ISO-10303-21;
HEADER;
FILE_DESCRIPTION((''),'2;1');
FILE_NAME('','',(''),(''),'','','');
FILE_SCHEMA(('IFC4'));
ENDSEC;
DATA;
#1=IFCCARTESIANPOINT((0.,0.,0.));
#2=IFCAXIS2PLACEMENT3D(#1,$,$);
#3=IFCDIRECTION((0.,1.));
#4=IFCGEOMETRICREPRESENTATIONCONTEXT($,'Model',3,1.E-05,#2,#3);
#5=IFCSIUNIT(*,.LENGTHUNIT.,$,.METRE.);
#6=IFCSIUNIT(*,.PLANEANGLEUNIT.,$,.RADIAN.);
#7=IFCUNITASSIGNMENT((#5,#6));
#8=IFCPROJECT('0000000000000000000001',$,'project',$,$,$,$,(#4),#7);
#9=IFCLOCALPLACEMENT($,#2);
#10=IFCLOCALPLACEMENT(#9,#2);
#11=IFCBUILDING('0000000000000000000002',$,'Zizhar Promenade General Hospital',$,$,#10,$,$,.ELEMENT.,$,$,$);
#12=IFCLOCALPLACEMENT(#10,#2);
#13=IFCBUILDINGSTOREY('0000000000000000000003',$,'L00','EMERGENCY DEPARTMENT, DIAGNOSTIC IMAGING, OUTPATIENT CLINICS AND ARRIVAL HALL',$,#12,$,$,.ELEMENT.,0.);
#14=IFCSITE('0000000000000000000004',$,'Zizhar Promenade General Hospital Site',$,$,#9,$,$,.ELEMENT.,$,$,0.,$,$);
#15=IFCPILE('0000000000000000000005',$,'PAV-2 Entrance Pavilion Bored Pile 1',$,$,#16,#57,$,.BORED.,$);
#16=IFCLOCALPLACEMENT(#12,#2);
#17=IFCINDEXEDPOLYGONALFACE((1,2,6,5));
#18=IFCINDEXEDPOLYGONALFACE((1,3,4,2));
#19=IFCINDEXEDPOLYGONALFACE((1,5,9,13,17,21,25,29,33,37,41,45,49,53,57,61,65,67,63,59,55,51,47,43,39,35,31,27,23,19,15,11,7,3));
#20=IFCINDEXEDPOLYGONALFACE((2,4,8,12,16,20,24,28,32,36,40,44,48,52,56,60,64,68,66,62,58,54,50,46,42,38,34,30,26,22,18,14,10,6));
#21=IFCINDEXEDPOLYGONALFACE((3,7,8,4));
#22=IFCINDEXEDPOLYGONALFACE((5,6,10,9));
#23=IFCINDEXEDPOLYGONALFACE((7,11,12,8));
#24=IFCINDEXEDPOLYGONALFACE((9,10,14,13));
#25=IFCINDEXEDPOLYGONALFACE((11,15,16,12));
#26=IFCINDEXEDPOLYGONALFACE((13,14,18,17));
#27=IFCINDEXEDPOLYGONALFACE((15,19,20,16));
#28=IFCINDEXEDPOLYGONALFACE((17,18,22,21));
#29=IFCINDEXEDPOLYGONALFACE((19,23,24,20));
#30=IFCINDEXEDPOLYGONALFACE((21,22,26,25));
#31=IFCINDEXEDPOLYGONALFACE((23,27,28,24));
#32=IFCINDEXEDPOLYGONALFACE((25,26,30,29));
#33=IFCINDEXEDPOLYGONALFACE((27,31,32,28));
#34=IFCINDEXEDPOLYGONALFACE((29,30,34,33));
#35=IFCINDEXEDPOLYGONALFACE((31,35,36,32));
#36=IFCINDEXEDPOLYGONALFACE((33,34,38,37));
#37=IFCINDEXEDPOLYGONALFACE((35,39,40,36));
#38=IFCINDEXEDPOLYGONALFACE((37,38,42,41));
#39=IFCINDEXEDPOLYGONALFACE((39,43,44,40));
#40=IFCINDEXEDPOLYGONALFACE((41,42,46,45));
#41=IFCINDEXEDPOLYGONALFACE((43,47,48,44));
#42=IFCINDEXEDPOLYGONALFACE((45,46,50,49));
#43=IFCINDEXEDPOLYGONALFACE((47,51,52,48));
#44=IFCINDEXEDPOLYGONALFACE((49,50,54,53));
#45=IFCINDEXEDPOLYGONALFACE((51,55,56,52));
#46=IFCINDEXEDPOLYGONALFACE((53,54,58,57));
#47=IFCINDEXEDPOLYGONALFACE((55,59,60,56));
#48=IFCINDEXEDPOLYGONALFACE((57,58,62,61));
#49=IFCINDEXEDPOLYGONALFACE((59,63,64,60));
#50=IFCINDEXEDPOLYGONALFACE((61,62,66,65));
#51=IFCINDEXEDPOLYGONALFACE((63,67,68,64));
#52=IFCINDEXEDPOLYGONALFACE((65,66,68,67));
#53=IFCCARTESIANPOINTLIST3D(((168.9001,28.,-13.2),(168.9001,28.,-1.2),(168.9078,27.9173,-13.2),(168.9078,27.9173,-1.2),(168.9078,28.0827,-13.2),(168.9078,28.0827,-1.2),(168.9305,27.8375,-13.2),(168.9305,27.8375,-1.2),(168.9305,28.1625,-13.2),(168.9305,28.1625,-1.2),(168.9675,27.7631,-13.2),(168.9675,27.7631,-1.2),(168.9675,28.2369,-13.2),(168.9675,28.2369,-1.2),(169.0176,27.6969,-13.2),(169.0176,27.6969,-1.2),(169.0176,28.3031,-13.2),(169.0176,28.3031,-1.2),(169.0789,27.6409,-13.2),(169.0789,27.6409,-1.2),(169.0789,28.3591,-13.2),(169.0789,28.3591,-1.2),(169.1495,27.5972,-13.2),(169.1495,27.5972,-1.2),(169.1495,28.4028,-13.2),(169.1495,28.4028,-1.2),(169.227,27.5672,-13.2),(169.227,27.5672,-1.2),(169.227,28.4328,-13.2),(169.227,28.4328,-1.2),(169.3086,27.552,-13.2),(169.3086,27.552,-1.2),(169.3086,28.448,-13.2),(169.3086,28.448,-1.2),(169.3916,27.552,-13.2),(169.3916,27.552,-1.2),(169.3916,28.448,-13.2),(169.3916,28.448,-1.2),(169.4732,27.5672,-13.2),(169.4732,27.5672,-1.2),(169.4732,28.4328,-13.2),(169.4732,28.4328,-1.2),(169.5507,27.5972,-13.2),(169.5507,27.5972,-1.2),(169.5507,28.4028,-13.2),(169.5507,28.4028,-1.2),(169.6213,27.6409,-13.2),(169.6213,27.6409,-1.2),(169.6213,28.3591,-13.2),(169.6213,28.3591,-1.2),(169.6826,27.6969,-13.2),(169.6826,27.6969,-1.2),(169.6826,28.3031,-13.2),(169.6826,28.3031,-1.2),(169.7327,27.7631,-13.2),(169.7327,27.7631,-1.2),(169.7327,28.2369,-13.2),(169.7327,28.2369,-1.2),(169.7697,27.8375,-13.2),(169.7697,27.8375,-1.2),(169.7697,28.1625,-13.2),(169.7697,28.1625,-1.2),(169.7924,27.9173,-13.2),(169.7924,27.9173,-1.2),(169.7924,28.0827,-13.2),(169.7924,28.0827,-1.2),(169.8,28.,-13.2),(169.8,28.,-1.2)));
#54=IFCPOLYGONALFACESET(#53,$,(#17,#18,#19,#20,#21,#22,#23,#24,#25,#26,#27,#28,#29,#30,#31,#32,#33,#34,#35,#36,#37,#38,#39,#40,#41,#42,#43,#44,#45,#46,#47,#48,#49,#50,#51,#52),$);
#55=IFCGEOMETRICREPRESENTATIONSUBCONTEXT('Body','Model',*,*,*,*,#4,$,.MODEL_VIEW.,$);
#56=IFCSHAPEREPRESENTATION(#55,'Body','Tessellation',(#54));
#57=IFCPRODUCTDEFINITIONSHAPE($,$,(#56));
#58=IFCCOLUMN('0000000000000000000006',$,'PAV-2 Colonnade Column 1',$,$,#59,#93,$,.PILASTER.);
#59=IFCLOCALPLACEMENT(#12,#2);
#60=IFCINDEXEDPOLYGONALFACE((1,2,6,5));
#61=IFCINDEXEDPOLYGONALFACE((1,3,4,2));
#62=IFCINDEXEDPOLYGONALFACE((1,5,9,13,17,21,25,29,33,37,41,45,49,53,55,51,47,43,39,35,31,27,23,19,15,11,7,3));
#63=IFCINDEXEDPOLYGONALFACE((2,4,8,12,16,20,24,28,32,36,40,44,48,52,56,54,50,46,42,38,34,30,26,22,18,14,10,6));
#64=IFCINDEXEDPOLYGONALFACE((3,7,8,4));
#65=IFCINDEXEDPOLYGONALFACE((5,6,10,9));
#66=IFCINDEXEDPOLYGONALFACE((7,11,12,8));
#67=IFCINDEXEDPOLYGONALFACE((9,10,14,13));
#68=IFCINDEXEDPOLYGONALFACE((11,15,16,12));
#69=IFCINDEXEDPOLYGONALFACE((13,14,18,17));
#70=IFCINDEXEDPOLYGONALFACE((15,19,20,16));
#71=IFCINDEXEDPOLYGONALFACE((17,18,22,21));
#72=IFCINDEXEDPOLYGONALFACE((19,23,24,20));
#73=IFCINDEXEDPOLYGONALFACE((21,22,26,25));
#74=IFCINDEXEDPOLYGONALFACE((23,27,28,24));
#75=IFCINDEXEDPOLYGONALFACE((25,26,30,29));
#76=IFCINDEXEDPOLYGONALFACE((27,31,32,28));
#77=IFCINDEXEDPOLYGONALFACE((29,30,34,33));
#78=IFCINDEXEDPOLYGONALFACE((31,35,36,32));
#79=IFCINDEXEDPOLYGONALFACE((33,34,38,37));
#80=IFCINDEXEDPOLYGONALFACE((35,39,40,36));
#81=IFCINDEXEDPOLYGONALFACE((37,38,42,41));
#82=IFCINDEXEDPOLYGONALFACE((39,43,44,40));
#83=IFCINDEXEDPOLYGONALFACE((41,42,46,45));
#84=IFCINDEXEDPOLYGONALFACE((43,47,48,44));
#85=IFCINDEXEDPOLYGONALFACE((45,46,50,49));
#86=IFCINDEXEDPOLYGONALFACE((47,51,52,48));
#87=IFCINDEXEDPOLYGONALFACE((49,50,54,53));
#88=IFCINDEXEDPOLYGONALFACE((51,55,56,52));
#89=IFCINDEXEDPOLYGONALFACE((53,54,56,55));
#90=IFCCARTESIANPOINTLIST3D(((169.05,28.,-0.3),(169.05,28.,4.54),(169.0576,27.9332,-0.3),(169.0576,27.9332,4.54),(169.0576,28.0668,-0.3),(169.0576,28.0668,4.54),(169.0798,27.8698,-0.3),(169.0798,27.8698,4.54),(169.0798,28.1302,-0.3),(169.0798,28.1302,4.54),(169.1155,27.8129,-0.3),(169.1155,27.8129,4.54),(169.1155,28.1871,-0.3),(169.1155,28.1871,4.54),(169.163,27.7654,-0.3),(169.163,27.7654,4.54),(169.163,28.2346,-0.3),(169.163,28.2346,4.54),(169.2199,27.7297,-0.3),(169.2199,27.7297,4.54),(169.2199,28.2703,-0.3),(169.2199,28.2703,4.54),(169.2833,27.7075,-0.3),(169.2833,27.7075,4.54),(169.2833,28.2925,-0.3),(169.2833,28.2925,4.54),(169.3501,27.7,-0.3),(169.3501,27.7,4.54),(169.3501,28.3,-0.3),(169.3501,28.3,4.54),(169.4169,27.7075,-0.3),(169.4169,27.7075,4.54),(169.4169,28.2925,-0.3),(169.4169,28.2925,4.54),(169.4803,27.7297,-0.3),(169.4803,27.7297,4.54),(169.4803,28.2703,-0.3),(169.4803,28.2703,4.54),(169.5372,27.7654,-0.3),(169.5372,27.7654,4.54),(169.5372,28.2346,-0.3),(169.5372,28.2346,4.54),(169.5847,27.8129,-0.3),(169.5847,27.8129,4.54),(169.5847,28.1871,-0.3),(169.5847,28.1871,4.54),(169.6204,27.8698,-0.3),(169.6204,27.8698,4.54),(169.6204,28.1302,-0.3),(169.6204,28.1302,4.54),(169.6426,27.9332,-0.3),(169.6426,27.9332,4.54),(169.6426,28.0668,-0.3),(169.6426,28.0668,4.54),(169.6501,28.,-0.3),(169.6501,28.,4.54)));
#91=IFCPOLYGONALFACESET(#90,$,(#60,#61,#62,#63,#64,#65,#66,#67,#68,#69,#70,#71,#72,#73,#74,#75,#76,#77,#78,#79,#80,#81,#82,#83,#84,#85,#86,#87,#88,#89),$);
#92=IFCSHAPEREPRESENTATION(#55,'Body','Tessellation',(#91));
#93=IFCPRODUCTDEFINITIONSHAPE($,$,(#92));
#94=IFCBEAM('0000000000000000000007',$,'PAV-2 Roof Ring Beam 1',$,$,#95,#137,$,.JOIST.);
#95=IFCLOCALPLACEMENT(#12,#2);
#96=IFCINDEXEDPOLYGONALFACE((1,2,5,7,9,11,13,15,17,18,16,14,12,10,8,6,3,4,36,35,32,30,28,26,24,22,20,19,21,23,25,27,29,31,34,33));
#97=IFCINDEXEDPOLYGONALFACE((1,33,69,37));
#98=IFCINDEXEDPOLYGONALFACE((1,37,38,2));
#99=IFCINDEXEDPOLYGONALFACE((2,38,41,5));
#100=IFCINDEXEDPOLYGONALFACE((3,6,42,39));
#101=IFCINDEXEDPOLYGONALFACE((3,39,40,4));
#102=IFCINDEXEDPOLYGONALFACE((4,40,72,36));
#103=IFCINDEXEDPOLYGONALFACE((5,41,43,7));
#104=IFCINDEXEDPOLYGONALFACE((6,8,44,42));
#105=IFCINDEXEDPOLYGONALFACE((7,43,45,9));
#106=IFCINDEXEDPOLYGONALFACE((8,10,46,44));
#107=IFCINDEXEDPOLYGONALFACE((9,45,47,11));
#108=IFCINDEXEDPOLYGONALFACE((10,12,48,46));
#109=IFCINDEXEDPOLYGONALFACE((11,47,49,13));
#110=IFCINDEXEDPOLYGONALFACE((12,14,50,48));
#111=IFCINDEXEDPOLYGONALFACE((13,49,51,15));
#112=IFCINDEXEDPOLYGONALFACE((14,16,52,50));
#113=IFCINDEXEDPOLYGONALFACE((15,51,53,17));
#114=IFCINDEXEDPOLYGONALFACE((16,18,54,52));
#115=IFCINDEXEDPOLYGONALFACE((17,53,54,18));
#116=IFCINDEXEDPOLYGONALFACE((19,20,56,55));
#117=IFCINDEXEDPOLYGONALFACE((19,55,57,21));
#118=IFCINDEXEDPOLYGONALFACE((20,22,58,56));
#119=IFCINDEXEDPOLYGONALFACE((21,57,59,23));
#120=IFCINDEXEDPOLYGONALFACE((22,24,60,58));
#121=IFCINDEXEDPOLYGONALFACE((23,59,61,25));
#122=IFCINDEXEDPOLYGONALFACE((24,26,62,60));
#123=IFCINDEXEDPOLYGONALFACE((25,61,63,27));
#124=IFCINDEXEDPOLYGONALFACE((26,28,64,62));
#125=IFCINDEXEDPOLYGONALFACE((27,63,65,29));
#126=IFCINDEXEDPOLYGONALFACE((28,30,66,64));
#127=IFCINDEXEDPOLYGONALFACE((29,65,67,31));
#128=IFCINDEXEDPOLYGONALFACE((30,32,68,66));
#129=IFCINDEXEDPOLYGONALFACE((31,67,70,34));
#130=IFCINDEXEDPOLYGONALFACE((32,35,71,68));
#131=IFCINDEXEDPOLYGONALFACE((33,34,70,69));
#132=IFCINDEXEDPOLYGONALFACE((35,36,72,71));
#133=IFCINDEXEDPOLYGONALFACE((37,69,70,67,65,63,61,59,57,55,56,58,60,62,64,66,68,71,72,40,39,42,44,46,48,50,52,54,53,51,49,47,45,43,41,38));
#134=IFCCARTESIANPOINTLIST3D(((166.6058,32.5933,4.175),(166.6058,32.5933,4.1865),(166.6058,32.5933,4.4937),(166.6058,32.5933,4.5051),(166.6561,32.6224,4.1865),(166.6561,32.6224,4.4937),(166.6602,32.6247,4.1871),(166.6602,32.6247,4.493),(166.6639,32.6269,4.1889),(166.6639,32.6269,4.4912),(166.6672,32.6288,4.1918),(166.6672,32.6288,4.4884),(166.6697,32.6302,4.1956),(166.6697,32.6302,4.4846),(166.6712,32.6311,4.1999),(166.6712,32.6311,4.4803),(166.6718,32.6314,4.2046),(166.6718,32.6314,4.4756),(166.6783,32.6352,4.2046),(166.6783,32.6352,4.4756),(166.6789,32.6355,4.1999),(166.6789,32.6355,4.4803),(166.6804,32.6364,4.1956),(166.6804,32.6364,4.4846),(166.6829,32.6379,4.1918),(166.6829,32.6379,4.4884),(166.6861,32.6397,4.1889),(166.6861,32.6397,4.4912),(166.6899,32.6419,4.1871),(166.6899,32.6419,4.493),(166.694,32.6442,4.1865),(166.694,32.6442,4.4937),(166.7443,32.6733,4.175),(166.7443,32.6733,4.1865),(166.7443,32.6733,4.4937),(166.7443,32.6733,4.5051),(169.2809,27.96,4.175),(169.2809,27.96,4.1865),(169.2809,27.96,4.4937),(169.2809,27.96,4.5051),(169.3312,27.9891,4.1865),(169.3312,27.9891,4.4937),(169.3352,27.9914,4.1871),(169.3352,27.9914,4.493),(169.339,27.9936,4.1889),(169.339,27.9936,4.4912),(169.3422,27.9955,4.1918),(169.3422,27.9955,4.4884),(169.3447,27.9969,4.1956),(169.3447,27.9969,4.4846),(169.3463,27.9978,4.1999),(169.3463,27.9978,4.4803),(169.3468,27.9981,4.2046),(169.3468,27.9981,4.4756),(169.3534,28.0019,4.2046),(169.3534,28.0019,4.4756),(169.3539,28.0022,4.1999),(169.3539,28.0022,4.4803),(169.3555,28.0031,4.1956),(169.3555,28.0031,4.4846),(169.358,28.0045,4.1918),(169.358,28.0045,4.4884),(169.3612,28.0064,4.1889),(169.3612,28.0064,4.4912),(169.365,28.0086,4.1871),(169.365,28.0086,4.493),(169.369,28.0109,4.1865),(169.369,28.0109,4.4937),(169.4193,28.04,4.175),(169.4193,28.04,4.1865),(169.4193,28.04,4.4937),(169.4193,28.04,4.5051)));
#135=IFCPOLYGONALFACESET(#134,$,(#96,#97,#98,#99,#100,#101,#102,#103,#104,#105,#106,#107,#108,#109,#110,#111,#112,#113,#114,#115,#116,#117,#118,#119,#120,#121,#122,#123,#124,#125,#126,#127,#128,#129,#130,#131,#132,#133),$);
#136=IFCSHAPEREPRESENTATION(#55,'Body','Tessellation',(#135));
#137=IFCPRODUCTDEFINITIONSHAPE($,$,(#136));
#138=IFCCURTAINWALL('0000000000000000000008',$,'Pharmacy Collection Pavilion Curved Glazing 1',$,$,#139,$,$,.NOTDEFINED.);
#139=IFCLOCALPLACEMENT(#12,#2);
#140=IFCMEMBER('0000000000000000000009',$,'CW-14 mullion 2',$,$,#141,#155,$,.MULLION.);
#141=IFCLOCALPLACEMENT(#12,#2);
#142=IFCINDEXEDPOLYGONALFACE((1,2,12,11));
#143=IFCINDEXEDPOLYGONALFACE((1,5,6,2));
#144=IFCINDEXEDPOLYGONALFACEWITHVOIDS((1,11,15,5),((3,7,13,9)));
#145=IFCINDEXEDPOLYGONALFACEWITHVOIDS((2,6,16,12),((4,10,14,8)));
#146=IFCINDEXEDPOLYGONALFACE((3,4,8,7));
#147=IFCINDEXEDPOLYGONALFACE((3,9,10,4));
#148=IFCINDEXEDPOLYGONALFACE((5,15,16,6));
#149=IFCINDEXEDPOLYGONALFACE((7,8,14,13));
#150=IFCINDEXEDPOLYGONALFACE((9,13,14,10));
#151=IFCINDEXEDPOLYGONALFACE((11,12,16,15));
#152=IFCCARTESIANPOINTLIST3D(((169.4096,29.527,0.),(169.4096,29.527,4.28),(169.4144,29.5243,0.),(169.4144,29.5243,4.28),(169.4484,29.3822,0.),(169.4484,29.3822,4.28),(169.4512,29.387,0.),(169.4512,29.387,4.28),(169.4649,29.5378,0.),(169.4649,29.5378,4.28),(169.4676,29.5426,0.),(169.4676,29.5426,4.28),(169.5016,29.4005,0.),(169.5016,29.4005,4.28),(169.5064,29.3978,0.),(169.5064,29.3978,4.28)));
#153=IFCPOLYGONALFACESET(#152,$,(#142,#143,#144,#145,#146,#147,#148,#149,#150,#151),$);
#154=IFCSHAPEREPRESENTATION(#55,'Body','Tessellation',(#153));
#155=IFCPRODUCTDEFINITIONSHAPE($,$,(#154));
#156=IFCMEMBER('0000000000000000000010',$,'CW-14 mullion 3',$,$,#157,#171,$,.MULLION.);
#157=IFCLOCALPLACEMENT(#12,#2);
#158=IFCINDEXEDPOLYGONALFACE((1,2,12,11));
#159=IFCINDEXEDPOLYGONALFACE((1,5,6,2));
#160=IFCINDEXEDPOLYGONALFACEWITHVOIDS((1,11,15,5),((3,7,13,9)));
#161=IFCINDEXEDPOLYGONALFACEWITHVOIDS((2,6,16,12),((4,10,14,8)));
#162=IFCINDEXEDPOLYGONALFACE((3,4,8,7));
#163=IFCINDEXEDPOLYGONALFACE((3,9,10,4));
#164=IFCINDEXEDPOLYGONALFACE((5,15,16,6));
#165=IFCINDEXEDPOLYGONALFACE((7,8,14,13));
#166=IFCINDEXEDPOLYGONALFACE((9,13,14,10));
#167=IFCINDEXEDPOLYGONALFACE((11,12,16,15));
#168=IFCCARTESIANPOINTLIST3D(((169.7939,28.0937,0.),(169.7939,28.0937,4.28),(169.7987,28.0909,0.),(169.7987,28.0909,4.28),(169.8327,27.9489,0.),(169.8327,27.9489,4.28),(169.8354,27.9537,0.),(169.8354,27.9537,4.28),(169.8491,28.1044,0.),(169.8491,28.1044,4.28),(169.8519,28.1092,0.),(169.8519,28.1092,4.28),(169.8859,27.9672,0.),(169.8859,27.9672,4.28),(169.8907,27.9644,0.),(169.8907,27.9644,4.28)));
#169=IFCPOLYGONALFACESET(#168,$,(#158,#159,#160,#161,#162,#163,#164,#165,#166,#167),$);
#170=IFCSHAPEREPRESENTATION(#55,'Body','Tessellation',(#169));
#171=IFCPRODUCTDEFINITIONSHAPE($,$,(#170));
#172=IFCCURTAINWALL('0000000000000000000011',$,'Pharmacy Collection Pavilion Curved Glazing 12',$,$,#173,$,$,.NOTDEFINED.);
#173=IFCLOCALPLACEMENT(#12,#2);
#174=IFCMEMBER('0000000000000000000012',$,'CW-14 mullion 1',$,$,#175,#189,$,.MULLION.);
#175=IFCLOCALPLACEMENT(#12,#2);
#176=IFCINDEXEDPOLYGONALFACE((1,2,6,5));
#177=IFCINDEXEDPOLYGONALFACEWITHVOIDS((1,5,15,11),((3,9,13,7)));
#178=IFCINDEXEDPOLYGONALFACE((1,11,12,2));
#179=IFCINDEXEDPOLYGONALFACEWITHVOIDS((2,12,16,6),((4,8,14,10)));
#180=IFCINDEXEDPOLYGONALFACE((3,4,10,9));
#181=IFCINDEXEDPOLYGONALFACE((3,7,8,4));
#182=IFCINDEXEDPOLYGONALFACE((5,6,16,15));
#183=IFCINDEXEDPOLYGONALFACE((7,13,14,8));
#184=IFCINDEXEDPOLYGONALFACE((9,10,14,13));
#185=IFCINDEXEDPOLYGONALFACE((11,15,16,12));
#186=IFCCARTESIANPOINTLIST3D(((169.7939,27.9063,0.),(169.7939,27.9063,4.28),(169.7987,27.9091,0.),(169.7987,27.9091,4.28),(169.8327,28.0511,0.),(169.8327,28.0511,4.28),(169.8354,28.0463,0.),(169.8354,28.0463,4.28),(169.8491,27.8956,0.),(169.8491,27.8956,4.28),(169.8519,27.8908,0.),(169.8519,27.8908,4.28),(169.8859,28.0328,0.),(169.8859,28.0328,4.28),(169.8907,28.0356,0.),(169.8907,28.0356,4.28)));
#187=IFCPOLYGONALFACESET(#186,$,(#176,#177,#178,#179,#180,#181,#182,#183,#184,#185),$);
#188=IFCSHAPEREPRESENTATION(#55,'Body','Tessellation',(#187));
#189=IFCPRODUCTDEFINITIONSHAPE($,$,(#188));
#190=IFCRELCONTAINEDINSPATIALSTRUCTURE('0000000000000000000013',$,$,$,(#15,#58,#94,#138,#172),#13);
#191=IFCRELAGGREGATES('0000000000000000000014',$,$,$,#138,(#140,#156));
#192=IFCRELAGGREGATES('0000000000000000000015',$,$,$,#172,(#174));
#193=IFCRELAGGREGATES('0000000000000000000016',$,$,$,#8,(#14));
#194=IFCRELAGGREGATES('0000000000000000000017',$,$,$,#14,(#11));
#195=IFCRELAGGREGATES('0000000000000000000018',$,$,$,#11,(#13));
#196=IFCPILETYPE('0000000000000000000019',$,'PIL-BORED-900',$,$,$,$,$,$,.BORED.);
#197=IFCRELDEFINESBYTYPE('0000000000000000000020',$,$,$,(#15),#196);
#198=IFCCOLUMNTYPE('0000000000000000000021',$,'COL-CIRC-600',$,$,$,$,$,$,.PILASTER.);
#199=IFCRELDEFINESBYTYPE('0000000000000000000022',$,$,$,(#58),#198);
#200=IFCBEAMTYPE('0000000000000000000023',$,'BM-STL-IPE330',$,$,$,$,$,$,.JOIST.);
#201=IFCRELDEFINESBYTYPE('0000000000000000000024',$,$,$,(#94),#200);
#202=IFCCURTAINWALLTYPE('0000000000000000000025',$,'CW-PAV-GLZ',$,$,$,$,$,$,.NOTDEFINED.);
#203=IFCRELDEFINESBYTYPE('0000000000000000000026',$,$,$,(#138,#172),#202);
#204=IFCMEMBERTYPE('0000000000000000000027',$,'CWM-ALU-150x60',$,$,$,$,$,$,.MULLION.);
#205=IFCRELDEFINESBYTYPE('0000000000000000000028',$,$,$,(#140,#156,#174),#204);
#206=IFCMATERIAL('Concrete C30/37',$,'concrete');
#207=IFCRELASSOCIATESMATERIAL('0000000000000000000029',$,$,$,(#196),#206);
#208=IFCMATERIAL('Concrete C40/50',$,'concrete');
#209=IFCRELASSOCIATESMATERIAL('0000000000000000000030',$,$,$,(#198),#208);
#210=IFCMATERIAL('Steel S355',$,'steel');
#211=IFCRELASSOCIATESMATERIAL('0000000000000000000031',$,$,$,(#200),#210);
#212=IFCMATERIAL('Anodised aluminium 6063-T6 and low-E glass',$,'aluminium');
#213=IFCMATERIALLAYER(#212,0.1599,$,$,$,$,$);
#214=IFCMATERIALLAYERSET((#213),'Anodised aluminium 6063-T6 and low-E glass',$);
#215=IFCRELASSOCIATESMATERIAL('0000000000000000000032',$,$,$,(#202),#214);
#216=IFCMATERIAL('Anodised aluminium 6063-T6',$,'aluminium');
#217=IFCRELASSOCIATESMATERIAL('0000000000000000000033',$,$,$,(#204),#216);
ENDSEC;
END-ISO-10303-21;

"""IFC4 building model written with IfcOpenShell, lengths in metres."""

from ifc_helpers import new_model, si_unit, direction, frame, origin, origin_2d, place, context, subcontext, project, spatial, hollow_rectangle, circle, i_section, extrude, material, layer, layer_set, material_profile, profile_set, type_object, element, aggregate, save


model = new_model("IFC4")

# Units and contexts
model_context = context("Model", 3, precision=1e-05, world=origin(), true_north=direction((0.0, 1.0)))
body_context = subcontext(model_context, "Body", "Model", "MODEL_VIEW")
ifc_project = project(units=[si_unit("LENGTHUNIT", "METRE"), si_unit("PLANEANGLEUNIT", "RADIAN")], contexts=[model_context])

# Site, building, storey
site_placement = place(None, origin())
site = spatial("IfcSite", under=ifc_project, at=site_placement, Name="Zizhar Promenade General Hospital Site", CompositionType="ELEMENT", RefElevation=0.0)
building_placement = place(site_placement, origin())
building = spatial("IfcBuilding", under=site, at=building_placement, Name="Zizhar Promenade General Hospital", CompositionType="ELEMENT")
storey_placement = place(building_placement, origin())
storey = spatial("IfcBuildingStorey", under=building, at=storey_placement, Name="L00", Description="EMERGENCY DEPARTMENT, DIAGNOSTIC IMAGING, OUTPATIENT CLINICS AND ARRIVAL HALL", CompositionType="ELEMENT", Elevation=0.0)

# Pile
ifc_material_1 = material(Name="Concrete C30/37", Category="concrete")
ifc_material_profile_1 = material_profile(ifc_material_1, circle(Radius=0.45, at=origin_2d()))
ifc_profile_set_1 = profile_set([ifc_material_profile_1], Name="Concrete C30/37")
pile_type = type_object("IfcPileType", Name="PIL-BORED-900", PredefinedType="BORED", material=ifc_profile_set_1)
pile_placement = place(storey_placement, frame((169.3501, 28.0, -1.2), z_axis=(0.0, 0.0, -1.0), x_axis=(1.0, 0.0, 0.0)))
element("IfcPile", 1, at=pile_placement, inside=storey, type_object=pile_type, Name="PAV-2 Entrance Pavilion Bored Pile 1", PredefinedType="BORED", context=body_context, shape_type="SweptSolid", body=[
    extrude(circle(Radius=0.45, at=origin_2d()), origin(), (0.0, 0.0, 1.0), 12.0),
])

# Column
ifc_material_2 = material(Name="Concrete C40/50", Category="concrete")
ifc_material_profile_2 = material_profile(ifc_material_2, circle(Radius=0.3, at=origin_2d()))
ifc_profile_set_2 = profile_set([ifc_material_profile_2], Name="Concrete C40/50")
column_type = type_object("IfcColumnType", Name="COL-CIRC-600", PredefinedType="PILASTER", material=ifc_profile_set_2)
column_placement = place(storey_placement, frame((169.3501, 28.0, -0.3), z_axis=(0.0, 0.0, 1.0), x_axis=(1.0, 0.0, 0.0)))
element("IfcColumn", 2, at=column_placement, inside=storey, type_object=column_type, Name="PAV-2 Colonnade Column 1", PredefinedType="PILASTER", context=body_context, shape_type="SweptSolid", body=[
    extrude(circle(Radius=0.3, at=origin_2d()), origin(), (0.0, 0.0, 1.0), 4.8401),
])

# Beam
ifc_material_3 = material(Name="Steel S355", Category="steel")
ifc_material_profile_3 = material_profile(ifc_material_3, i_section(OverallWidth=0.1599, OverallDepth=0.3301, WebThickness=0.0076, FlangeThickness=0.0115, FilletRadius=0.0181, at=origin_2d()))
ifc_profile_set_3 = profile_set([ifc_material_profile_3], Name="Steel S355")
beam_type = type_object("IfcBeamType", Name="BM-STL-IPE330", PredefinedType="JOIST", material=ifc_profile_set_3)
beam_placement = place(storey_placement, frame((169.3501, 28.0, 4.3401), z_axis=(-0.500002, 0.866024, 0.0), x_axis=(-0.866024, -0.500002, 0.0)))
element("IfcBeam", 3, at=beam_placement, inside=storey, type_object=beam_type, Name="PAV-2 Roof Ring Beam 1", PredefinedType="JOIST", context=body_context, shape_type="SweptSolid", body=[
    extrude(i_section(OverallWidth=0.1599, OverallDepth=0.3301, WebThickness=0.0076, FlangeThickness=0.0115, FilletRadius=0.0181, at=origin_2d()), origin(), (0.0, 0.0, 1.0), 5.3501),
])

# Curtain walls, members
ifc_material_4 = material(Name="Anodised aluminium 6063-T6 and low-E glass", Category="aluminium")
ifc_layer_1 = layer(ifc_material_4, 0.1599)
ifc_layer_set_1 = layer_set([ifc_layer_1], Name="Anodised aluminium 6063-T6 and low-E glass")
curtain_wall_type = type_object("IfcCurtainWallType", Name="CW-PAV-GLZ", PredefinedType="NOTDEFINED", material=ifc_layer_set_1)
curtain_wall_1_placement = place(storey_placement, origin())
curtain_wall_1 = element("IfcCurtainWall", 4, at=curtain_wall_1_placement, inside=storey, type_object=curtain_wall_type, Name="Pharmacy Collection Pavilion Curved Glazing 1", PredefinedType="NOTDEFINED")
ifc_material_5 = material(Name="Anodised aluminium 6063-T6", Category="aluminium")
ifc_material_profile_4 = material_profile(ifc_material_5, hollow_rectangle(XDim=0.0601, YDim=0.1499, WallThickness=0.0039, at=origin_2d()))
ifc_profile_set_4 = profile_set([ifc_material_profile_4], Name="Anodised aluminium 6063-T6")
member_type_1 = type_object("IfcMemberType", Name="CWM-ALU-150x60", PredefinedType="MULLION", material=ifc_profile_set_4)
member_1_placement = place(storey_placement, frame((169.458, 29.4624, 0.0), z_axis=(0.0, 0.0, 1.0), x_axis=(0.965922, 0.258834, 0.0)))
member_1 = element("IfcMember", 5, at=member_1_placement, type_object=member_type_1, Name="CW-14 mullion 2", PredefinedType="MULLION", context=body_context, shape_type="SweptSolid", body=[
    extrude(hollow_rectangle(XDim=0.0601, YDim=0.1499, WallThickness=0.0039, at=origin_2d()), origin(), (0.0, 0.0, 1.0), 4.28),
])
member_2_placement = place(storey_placement, frame((169.8423, 28.0291, 0.0), z_axis=(0.0, 0.0, 1.0), x_axis=(0.965922, 0.258834, 0.0)))
member_2 = element("IfcMember", 6, at=member_2_placement, type_object=member_type_1, Name="CW-14 mullion 3", PredefinedType="MULLION", context=body_context, shape_type="SweptSolid", body=[
    extrude(hollow_rectangle(XDim=0.0601, YDim=0.1499, WallThickness=0.0039, at=origin_2d()), origin(), (0.0, 0.0, 1.0), 4.28),
])
curtain_wall_2_placement = place(storey_placement, origin())
curtain_wall_2 = element("IfcCurtainWall", 7, at=curtain_wall_2_placement, inside=storey, type_object=curtain_wall_type, Name="Pharmacy Collection Pavilion Curved Glazing 12", PredefinedType="NOTDEFINED")
member_3_placement = place(storey_placement, frame((169.8423, 27.9709, 0.0), z_axis=(0.0, 0.0, 1.0), x_axis=(0.965922, -0.258834, 0.0)))
member_3 = element("IfcMember", 8, at=member_3_placement, type_object=member_type_1, Name="CW-14 mullion 1", PredefinedType="MULLION", context=body_context, shape_type="SweptSolid", body=[
    extrude(hollow_rectangle(XDim=0.0601, YDim=0.1499, WallThickness=0.0039, at=origin_2d()), origin(), (0.0, 0.0, 1.0), 4.28),
])

aggregate(curtain_wall_1, [member_1, member_2])
aggregate(curtain_wall_2, [member_3])

save(model, "model.ifc")
